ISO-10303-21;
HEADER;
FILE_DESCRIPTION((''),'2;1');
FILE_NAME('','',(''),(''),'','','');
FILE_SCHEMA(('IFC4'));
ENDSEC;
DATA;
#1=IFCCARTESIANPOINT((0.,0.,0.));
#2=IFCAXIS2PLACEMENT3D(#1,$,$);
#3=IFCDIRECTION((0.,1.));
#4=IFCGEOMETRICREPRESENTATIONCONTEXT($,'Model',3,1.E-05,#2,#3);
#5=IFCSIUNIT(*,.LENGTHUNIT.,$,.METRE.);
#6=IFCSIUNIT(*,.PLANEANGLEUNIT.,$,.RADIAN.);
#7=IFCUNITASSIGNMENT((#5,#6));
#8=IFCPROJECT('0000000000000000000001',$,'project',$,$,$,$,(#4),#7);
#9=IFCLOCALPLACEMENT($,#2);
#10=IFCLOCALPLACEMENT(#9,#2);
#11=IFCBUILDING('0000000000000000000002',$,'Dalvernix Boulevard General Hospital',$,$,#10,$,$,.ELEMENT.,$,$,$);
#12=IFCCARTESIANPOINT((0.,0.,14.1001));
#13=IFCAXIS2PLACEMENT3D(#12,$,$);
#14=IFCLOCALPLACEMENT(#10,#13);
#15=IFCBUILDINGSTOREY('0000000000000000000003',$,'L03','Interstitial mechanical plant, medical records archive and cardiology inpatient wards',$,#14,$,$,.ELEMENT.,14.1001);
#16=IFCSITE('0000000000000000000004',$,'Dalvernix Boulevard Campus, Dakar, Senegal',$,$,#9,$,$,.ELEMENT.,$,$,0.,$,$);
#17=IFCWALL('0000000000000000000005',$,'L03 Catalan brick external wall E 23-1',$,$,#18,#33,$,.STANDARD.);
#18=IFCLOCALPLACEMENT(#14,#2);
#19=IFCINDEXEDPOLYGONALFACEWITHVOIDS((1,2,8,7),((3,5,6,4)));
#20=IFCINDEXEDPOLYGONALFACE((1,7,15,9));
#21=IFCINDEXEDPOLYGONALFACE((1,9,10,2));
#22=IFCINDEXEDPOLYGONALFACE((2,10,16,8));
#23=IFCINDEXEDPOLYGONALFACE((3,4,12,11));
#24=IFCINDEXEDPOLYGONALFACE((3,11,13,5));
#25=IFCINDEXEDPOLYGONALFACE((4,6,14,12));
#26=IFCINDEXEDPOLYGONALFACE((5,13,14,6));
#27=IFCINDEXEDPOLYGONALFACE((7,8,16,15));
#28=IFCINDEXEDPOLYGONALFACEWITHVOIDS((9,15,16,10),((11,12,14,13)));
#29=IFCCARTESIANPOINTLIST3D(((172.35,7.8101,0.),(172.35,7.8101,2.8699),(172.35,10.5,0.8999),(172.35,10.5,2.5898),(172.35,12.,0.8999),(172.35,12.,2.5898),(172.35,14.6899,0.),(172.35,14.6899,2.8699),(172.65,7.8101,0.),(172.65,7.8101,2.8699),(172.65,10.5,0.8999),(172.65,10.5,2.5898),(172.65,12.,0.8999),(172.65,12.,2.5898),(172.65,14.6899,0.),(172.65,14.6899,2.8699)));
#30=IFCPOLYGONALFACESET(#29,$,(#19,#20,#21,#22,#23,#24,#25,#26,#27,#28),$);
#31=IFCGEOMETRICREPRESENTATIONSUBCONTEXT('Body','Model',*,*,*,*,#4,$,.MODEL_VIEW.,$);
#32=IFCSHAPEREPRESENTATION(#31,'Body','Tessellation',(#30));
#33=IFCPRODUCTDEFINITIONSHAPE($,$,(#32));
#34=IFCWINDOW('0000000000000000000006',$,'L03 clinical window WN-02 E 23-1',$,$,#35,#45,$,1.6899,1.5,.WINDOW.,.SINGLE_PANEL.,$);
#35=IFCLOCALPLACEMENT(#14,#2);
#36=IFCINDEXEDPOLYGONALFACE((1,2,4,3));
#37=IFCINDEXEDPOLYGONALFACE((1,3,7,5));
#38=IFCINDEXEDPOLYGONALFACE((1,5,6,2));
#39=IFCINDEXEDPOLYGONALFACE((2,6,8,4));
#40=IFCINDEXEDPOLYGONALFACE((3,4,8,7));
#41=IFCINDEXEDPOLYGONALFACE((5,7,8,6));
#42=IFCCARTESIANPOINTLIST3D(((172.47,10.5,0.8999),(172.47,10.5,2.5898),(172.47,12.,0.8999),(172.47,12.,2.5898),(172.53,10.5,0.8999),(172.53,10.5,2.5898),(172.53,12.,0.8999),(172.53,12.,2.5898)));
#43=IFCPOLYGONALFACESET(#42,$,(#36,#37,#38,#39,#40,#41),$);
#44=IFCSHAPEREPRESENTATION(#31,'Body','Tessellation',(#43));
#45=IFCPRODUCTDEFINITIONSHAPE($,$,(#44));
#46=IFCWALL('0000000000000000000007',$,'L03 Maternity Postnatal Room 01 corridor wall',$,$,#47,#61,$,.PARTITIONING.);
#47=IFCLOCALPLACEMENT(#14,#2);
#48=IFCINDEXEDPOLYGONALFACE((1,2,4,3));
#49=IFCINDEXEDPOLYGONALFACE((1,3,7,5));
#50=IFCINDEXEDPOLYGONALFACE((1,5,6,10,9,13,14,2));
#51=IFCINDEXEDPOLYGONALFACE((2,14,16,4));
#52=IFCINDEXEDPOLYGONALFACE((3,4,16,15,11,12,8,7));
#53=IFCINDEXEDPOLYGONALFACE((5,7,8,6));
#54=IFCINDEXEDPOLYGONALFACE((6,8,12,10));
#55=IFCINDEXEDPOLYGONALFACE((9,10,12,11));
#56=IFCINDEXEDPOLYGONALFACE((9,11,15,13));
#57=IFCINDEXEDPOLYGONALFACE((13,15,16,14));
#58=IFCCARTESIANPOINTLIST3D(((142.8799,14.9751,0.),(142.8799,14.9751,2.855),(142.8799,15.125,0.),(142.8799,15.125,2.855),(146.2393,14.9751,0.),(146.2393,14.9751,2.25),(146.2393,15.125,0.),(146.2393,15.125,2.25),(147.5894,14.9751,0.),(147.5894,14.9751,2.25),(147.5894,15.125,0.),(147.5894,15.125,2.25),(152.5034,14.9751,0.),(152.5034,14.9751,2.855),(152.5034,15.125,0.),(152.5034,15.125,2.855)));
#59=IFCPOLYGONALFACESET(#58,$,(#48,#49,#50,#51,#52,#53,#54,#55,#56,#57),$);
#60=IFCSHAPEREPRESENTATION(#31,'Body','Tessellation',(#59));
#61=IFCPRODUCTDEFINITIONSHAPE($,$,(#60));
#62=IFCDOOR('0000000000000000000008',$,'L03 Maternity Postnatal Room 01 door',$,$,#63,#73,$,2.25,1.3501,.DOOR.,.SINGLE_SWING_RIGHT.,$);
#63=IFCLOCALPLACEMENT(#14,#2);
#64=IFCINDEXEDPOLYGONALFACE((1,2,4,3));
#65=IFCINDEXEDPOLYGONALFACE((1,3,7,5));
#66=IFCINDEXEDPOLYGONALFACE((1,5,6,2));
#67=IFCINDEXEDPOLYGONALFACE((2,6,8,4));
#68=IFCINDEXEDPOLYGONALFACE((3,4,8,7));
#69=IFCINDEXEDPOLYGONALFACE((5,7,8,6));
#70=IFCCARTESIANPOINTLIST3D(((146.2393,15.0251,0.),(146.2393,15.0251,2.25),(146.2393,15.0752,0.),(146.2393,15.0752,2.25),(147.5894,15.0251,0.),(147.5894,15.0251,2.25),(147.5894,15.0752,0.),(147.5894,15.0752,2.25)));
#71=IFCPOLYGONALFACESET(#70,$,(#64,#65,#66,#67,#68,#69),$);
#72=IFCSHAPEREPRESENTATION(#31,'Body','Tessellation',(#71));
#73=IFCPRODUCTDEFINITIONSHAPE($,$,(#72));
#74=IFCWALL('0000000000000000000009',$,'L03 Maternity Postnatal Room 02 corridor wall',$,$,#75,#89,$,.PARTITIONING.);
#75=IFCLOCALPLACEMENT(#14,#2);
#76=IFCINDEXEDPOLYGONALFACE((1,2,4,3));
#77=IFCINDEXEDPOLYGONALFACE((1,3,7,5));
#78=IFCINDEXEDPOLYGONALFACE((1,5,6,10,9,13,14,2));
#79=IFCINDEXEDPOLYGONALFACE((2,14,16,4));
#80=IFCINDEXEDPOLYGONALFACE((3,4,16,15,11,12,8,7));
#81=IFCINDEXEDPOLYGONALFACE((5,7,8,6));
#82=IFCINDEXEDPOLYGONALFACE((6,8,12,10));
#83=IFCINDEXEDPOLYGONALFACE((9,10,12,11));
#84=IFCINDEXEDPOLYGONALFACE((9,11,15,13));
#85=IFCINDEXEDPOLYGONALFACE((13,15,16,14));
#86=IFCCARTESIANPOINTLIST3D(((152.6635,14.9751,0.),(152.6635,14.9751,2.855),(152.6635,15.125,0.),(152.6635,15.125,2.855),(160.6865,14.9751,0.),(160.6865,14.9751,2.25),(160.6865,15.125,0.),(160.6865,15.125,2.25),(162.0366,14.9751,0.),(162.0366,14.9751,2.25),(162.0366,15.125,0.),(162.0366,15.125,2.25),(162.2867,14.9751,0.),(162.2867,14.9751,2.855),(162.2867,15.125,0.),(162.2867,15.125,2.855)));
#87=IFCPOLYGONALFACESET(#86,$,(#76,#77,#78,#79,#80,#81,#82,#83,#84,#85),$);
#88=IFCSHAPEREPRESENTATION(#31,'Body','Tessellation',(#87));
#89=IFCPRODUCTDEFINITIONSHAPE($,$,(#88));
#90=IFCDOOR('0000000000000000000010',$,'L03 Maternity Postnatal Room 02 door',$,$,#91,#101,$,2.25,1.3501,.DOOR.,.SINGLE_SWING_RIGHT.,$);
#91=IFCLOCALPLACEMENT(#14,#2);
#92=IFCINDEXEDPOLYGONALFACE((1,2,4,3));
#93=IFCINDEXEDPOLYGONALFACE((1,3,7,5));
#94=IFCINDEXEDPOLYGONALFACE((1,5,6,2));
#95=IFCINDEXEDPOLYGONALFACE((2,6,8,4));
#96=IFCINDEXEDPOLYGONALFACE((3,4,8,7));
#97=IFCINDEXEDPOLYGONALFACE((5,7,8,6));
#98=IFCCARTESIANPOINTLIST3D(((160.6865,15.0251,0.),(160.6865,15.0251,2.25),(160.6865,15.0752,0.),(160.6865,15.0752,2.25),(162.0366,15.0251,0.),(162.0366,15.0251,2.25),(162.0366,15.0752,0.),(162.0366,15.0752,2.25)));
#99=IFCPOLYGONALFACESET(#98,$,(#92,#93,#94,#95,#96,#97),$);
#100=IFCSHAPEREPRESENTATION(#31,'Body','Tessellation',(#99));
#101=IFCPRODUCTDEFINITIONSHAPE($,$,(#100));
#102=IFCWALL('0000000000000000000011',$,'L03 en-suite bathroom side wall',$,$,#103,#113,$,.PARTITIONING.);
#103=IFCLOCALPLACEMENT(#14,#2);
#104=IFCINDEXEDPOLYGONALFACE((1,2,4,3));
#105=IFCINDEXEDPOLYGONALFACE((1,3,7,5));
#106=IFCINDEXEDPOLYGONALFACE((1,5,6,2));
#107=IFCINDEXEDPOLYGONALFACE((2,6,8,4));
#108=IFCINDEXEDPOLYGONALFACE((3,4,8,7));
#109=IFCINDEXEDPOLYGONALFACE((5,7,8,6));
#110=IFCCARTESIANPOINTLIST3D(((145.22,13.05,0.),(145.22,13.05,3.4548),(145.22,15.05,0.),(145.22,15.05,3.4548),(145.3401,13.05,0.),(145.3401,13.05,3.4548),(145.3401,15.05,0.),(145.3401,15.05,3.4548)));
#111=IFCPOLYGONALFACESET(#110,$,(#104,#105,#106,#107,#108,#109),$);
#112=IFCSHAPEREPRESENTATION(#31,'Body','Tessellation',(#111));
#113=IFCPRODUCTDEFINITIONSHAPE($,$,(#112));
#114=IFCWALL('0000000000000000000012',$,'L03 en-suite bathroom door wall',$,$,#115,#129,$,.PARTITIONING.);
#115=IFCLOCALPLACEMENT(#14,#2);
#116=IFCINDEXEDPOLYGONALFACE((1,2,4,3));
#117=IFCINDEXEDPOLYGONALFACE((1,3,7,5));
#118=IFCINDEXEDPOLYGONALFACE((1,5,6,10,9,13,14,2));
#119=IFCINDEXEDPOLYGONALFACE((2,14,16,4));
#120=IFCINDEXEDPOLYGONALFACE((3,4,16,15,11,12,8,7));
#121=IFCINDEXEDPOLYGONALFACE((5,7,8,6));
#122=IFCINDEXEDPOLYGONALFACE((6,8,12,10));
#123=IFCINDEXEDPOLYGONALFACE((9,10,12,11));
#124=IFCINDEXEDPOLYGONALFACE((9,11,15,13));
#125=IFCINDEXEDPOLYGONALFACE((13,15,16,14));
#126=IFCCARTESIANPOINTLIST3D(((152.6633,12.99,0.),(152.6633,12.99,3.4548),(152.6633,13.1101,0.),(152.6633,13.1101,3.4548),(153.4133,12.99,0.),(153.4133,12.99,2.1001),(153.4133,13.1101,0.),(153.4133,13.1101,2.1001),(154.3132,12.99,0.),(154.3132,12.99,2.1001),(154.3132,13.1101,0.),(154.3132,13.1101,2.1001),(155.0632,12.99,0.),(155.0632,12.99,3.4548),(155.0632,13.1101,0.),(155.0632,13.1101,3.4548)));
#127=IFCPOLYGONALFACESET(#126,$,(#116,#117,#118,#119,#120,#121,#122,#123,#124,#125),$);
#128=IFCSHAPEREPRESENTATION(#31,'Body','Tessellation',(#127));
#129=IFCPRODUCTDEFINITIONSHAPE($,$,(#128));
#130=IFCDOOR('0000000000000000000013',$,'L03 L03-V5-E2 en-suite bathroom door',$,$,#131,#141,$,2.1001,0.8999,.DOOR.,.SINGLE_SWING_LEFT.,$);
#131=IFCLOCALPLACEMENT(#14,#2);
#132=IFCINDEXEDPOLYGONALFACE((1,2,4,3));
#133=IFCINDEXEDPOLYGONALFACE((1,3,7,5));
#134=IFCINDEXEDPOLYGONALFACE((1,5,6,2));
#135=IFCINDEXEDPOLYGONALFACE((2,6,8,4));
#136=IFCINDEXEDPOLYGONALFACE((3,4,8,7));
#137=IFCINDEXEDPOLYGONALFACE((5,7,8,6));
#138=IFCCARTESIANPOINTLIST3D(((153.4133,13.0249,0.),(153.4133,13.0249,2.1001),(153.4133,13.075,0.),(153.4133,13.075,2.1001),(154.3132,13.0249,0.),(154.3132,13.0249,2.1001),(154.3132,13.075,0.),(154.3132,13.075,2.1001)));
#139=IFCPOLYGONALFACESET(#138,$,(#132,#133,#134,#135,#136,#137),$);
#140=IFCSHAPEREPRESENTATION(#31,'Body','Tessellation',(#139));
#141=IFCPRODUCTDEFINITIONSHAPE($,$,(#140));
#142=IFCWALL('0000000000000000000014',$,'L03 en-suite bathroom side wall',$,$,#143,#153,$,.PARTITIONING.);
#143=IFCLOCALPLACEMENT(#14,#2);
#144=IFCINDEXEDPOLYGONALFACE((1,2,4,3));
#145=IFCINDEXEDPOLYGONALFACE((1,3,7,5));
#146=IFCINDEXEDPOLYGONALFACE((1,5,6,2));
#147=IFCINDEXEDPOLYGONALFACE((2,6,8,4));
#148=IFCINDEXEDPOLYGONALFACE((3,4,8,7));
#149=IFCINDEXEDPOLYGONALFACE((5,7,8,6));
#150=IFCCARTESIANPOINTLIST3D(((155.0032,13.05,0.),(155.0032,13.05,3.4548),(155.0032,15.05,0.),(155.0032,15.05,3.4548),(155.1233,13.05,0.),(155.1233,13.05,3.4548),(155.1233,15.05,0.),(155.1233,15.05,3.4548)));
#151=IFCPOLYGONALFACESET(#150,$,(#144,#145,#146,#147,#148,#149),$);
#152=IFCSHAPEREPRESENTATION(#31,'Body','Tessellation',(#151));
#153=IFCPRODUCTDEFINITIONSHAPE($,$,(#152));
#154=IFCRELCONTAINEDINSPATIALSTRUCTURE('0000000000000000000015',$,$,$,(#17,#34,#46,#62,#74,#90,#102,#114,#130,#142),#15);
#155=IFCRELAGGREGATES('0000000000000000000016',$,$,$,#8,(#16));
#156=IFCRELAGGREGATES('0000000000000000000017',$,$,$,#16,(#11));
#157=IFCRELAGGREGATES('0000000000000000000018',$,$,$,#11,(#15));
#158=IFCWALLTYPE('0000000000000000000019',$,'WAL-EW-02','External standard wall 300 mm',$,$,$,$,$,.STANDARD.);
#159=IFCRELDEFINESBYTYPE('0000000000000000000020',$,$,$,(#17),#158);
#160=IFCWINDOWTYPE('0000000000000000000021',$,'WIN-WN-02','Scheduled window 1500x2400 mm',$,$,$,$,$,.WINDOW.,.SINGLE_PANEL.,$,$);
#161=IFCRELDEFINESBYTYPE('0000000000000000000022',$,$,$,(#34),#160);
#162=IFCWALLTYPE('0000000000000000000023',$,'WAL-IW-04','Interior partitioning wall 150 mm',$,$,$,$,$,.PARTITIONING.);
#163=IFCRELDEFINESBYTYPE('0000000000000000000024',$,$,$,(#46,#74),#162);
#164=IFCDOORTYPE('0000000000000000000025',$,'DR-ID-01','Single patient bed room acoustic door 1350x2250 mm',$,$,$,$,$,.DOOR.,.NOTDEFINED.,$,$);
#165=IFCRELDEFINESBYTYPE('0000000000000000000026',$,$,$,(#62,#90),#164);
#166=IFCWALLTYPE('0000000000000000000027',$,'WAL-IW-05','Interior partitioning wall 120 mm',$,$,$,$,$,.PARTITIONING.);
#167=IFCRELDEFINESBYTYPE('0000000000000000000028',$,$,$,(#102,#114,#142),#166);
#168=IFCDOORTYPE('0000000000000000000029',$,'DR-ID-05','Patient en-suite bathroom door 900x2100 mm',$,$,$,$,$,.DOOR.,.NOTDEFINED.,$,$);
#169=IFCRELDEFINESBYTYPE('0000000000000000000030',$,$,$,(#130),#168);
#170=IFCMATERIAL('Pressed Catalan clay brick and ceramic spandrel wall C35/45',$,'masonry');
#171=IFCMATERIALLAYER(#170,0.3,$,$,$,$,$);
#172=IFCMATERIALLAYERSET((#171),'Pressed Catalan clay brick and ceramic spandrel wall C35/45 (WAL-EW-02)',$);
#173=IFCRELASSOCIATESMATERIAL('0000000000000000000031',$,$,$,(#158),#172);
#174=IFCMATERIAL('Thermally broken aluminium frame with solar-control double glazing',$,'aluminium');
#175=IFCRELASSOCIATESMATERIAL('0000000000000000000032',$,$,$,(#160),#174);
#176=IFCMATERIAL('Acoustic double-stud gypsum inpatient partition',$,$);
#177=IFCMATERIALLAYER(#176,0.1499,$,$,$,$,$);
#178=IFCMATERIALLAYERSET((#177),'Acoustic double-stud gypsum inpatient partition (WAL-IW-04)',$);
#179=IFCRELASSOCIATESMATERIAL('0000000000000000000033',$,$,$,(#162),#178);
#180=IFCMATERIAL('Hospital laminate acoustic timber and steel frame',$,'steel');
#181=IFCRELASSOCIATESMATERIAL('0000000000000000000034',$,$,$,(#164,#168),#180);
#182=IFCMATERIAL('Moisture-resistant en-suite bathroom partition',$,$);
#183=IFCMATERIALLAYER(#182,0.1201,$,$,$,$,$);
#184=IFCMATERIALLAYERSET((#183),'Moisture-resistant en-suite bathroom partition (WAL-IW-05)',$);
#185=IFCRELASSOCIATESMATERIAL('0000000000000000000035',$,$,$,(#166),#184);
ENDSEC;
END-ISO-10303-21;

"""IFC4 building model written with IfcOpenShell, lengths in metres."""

from ifc_helpers import new_model, si_unit, direction, frame, frame_2d, origin, place, context, subcontext, project, spatial, rectangle, extrude, material, layer, layer_set, type_object, element, fill, save


model = new_model("IFC4")

# Units and contexts
model_context = context("Model", 3, precision=1e-05, world=origin(), true_north=direction((0.0, 1.0)))
body_context = subcontext(model_context, "Body", "Model", "MODEL_VIEW")
ifc_project = project(units=[si_unit("LENGTHUNIT", "METRE"), si_unit("PLANEANGLEUNIT", "RADIAN")], contexts=[model_context])

# Site, building, storey
site_placement = place(None, origin())
site = spatial("IfcSite", under=ifc_project, at=site_placement, Name="Dalvernix Boulevard Campus, Dakar, Senegal", CompositionType="ELEMENT", RefElevation=0.0)
building_placement = place(site_placement, origin())
building = spatial("IfcBuilding", under=site, at=building_placement, Name="Dalvernix Boulevard General Hospital", CompositionType="ELEMENT")
storey_placement = place(building_placement, frame((0.0, 0.0, 14.1001)))
storey = spatial("IfcBuildingStorey", under=building, at=storey_placement, Name="L03", Description="Interstitial mechanical plant, medical records archive and cardiology inpatient wards", CompositionType="ELEMENT", Elevation=14.1001)

# Wall, opening, window
ifc_material_1 = material(Name="Pressed Catalan clay brick and ceramic spandrel wall C35/45", Category="masonry")
ifc_layer_1 = layer(ifc_material_1, 0.3)
ifc_layer_set_1 = layer_set([ifc_layer_1], Name="Pressed Catalan clay brick and ceramic spandrel wall C35/45 (WAL-EW-02)")
wall_type_1 = type_object("IfcWallType", Name="WAL-EW-02", Description="External standard wall 300 mm", PredefinedType="STANDARD", material=ifc_layer_set_1)
wall_1_placement = place(storey_placement, frame((172.5, 14.6899, 0.0), z_axis=(0.0, 0.0, 1.0), x_axis=(0.0, -1.0, 0.0)))
wall_1 = element("IfcWall", 1, at=wall_1_placement, inside=storey, type_object=wall_type_1, Name="L03 Catalan brick external wall E 23-1", PredefinedType="STANDARD", context=body_context, shape_type="SweptSolid", body=[
    extrude(rectangle(XDim=6.8799, YDim=0.3, at=frame_2d((3.4399, 0.0))), origin(), (0.0, 0.0, 1.0), 2.8699),
])
opening_1_placement = place(wall_1_placement, frame((2.6899, 0.0, 0.8999)))
opening_1 = element("IfcOpeningElement", 2, at=opening_1_placement, cuts=wall_1, PredefinedType="OPENING", context=body_context, shape_type="SweptSolid", body=[
    extrude(rectangle(XDim=1.5, YDim=1.6899, at=frame_2d((0.75, 0.845))), frame((0.0, 0.1599, 0.0), z_axis=(0.0, -1.0, 0.0), x_axis=(1.0, 0.0, 0.0)), (0.0, 0.0, 1.0), 0.3201),
])
ifc_material_2 = material(Name="Thermally broken aluminium frame with solar-control double glazing", Category="aluminium")
window_type = type_object("IfcWindowType", Name="WIN-WN-02", Description="Scheduled window 1500x2400 mm", PartitioningType="SINGLE_PANEL", PredefinedType="WINDOW", material=ifc_material_2)
window_placement = place(opening_1_placement, origin())
window = element("IfcWindow", 3, at=window_placement, inside=storey, type_object=window_type, Name="L03 clinical window WN-02 E 23-1", OverallHeight=1.6899, OverallWidth=1.5, PartitioningType="SINGLE_PANEL", PredefinedType="WINDOW", context=body_context, shape_type="SweptSolid", body=[
    extrude(rectangle(XDim=1.5, YDim=1.6899, at=frame_2d((0.75, 0.845))), frame((0.0, 0.03, 0.0), z_axis=(0.0, -1.0, 0.0), x_axis=(1.0, 0.0, 0.0)), (0.0, 0.0, 1.0), 0.0601),
])
fill(opening_1, window)

# Walls, openings, doors
ifc_material_3 = material(Name="Acoustic double-stud gypsum inpatient partition")
ifc_layer_2 = layer(ifc_material_3, 0.1499)
ifc_layer_set_2 = layer_set([ifc_layer_2], Name="Acoustic double-stud gypsum inpatient partition (WAL-IW-04)")
wall_type_2 = type_object("IfcWallType", Name="WAL-IW-04", Description="Interior partitioning wall 150 mm", PredefinedType="PARTITIONING", material=ifc_layer_set_2)
wall_2_placement = place(storey_placement, frame((152.5034, 15.05, 0.0), z_axis=(0.0, 0.0, 1.0), x_axis=(-1.0, 0.0, 0.0)))
wall_2 = element("IfcWall", 4, at=wall_2_placement, inside=storey, type_object=wall_type_2, Name="L03 Maternity Postnatal Room 01 corridor wall", PredefinedType="PARTITIONING", context=body_context, shape_type="SweptSolid", body=[
    extrude(rectangle(XDim=9.6235, YDim=0.1499, at=frame_2d((4.8118, 0.0))), origin(), (0.0, 0.0, 1.0), 2.855),
])
opening_2_placement = place(wall_2_placement, frame((4.9141, 0.0, 0.0)))
opening_2 = element("IfcOpeningElement", 5, at=opening_2_placement, cuts=wall_2, PredefinedType="OPENING", context=body_context, shape_type="SweptSolid", body=[
    extrude(rectangle(XDim=1.3501, YDim=2.25, at=frame_2d((0.675, 1.125))), frame((0.0, 0.085, 0.0), z_axis=(0.0, -1.0, 0.0), x_axis=(1.0, 0.0, 0.0)), (0.0, 0.0, 1.0), 0.1699),
])
ifc_material_4 = material(Name="Hospital laminate acoustic timber and steel frame", Category="steel")
door_type_1 = type_object("IfcDoorType", Name="DR-ID-01", Description="Single patient bed room acoustic door 1350x2250 mm", OperationType="NOTDEFINED", PredefinedType="DOOR", material=ifc_material_4)
door_1_placement = place(opening_2_placement, origin())
door_1 = element("IfcDoor", 6, at=door_1_placement, inside=storey, type_object=door_type_1, Name="L03 Maternity Postnatal Room 01 door", OperationType="SINGLE_SWING_RIGHT", OverallHeight=2.25, OverallWidth=1.3501, PredefinedType="DOOR", context=body_context, shape_type="SweptSolid", body=[
    extrude(rectangle(XDim=1.3501, YDim=2.25, at=frame_2d((0.675, 1.125))), frame((0.0, 0.0249, 0.0), z_axis=(0.0, -1.0, 0.0), x_axis=(1.0, 0.0, 0.0)), (0.0, 0.0, 1.0), 0.05),
])
fill(opening_2, door_1)
wall_3_placement = place(storey_placement, frame((162.2866, 15.05, 0.0), z_axis=(0.0, 0.0, 1.0), x_axis=(-1.0, 0.0, 0.0)))
wall_3 = element("IfcWall", 7, at=wall_3_placement, inside=storey, type_object=wall_type_2, Name="L03 Maternity Postnatal Room 02 corridor wall", PredefinedType="PARTITIONING", context=body_context, shape_type="SweptSolid", body=[
    extrude(rectangle(XDim=9.6233, YDim=0.1499, at=frame_2d((4.8115, 0.0))), origin(), (0.0, 0.0, 1.0), 2.855),
])
opening_3_placement = place(wall_3_placement, frame((0.25, 0.0, 0.0)))
opening_3 = element("IfcOpeningElement", 8, at=opening_3_placement, cuts=wall_3, PredefinedType="OPENING", context=body_context, shape_type="SweptSolid", body=[
    extrude(rectangle(XDim=1.3501, YDim=2.25, at=frame_2d((0.675, 1.125))), frame((0.0, 0.085, 0.0), z_axis=(0.0, -1.0, 0.0), x_axis=(1.0, 0.0, 0.0)), (0.0, 0.0, 1.0), 0.1699),
])
door_2_placement = place(opening_3_placement, origin())
door_2 = element("IfcDoor", 9, at=door_2_placement, inside=storey, type_object=door_type_1, Name="L03 Maternity Postnatal Room 02 door", OperationType="SINGLE_SWING_RIGHT", OverallHeight=2.25, OverallWidth=1.3501, PredefinedType="DOOR", context=body_context, shape_type="SweptSolid", body=[
    extrude(rectangle(XDim=1.3501, YDim=2.25, at=frame_2d((0.675, 1.125))), frame((0.0, 0.0249, 0.0), z_axis=(0.0, -1.0, 0.0), x_axis=(1.0, 0.0, 0.0)), (0.0, 0.0, 1.0), 0.05),
])
fill(opening_3, door_2)

# Wall
ifc_material_5 = material(Name="Moisture-resistant en-suite bathroom partition")
ifc_layer_3 = layer(ifc_material_5, 0.1201)
ifc_layer_set_3 = layer_set([ifc_layer_3], Name="Moisture-resistant en-suite bathroom partition (WAL-IW-05)")
wall_type_3 = type_object("IfcWallType", Name="WAL-IW-05", Description="Interior partitioning wall 120 mm", PredefinedType="PARTITIONING", material=ifc_layer_set_3)
wall_4_placement = place(storey_placement, frame((145.28, 13.05, 0.0), z_axis=(0.0, 0.0, 1.0), x_axis=(0.0, 1.0, 0.0)))
element("IfcWall", 10, at=wall_4_placement, inside=storey, type_object=wall_type_3, Name="L03 en-suite bathroom side wall", PredefinedType="PARTITIONING", context=body_context, shape_type="SweptSolid", body=[
    extrude(rectangle(XDim=2.0, YDim=0.1201, at=frame_2d((1.0, 0.0))), origin(), (0.0, 0.0, 1.0), 3.4548),
])

# Wall, opening, door
wall_5_placement = place(storey_placement, frame((152.6633, 13.05, 0.0), z_axis=(0.0, 0.0, 1.0), x_axis=(1.0, 0.0, 0.0)))
wall_5 = element("IfcWall", 11, at=wall_5_placement, inside=storey, type_object=wall_type_3, Name="L03 en-suite bathroom door wall", PredefinedType="PARTITIONING", context=body_context, shape_type="SweptSolid", body=[
    extrude(rectangle(XDim=2.3999, YDim=0.1201, at=frame_2d((1.2, 0.0))), origin(), (0.0, 0.0, 1.0), 3.4548),
])
opening_4_placement = place(wall_5_placement, frame((0.75, 0.0, 0.0)))
opening_4 = element("IfcOpeningElement", 12, at=opening_4_placement, cuts=wall_5, PredefinedType="OPENING", context=body_context, shape_type="SweptSolid", body=[
    extrude(rectangle(XDim=0.8999, YDim=2.1001, at=frame_2d((0.45, 1.05))), frame((0.0, 0.0701, 0.0), z_axis=(0.0, -1.0, 0.0), x_axis=(1.0, 0.0, 0.0)), (0.0, 0.0, 1.0), 0.1401),
])
door_type_2 = type_object("IfcDoorType", Name="DR-ID-05", Description="Patient en-suite bathroom door 900x2100 mm", OperationType="NOTDEFINED", PredefinedType="DOOR", material=ifc_material_4)
door_3_placement = place(opening_4_placement, origin())
door_3 = element("IfcDoor", 13, at=door_3_placement, inside=storey, type_object=door_type_2, Name="L03 L03-V5-E2 en-suite bathroom door", OperationType="SINGLE_SWING_LEFT", OverallHeight=2.1001, OverallWidth=0.8999, PredefinedType="DOOR", context=body_context, shape_type="SweptSolid", body=[
    extrude(rectangle(XDim=0.8999, YDim=2.1001, at=frame_2d((0.45, 1.05))), frame((0.0, 0.0249, 0.0), z_axis=(0.0, -1.0, 0.0), x_axis=(1.0, 0.0, 0.0)), (0.0, 0.0, 1.0), 0.05),
])
fill(opening_4, door_3)

# Wall
wall_6_placement = place(storey_placement, frame((155.0632, 13.05, 0.0), z_axis=(0.0, 0.0, 1.0), x_axis=(0.0, 1.0, 0.0)))
element("IfcWall", 14, at=wall_6_placement, inside=storey, type_object=wall_type_3, Name="L03 en-suite bathroom side wall", PredefinedType="PARTITIONING", context=body_context, shape_type="SweptSolid", body=[
    extrude(rectangle(XDim=2.0, YDim=0.1201, at=frame_2d((1.0, 0.0))), origin(), (0.0, 0.0, 1.0), 3.4548),
])

save(model, "model.ifc")
